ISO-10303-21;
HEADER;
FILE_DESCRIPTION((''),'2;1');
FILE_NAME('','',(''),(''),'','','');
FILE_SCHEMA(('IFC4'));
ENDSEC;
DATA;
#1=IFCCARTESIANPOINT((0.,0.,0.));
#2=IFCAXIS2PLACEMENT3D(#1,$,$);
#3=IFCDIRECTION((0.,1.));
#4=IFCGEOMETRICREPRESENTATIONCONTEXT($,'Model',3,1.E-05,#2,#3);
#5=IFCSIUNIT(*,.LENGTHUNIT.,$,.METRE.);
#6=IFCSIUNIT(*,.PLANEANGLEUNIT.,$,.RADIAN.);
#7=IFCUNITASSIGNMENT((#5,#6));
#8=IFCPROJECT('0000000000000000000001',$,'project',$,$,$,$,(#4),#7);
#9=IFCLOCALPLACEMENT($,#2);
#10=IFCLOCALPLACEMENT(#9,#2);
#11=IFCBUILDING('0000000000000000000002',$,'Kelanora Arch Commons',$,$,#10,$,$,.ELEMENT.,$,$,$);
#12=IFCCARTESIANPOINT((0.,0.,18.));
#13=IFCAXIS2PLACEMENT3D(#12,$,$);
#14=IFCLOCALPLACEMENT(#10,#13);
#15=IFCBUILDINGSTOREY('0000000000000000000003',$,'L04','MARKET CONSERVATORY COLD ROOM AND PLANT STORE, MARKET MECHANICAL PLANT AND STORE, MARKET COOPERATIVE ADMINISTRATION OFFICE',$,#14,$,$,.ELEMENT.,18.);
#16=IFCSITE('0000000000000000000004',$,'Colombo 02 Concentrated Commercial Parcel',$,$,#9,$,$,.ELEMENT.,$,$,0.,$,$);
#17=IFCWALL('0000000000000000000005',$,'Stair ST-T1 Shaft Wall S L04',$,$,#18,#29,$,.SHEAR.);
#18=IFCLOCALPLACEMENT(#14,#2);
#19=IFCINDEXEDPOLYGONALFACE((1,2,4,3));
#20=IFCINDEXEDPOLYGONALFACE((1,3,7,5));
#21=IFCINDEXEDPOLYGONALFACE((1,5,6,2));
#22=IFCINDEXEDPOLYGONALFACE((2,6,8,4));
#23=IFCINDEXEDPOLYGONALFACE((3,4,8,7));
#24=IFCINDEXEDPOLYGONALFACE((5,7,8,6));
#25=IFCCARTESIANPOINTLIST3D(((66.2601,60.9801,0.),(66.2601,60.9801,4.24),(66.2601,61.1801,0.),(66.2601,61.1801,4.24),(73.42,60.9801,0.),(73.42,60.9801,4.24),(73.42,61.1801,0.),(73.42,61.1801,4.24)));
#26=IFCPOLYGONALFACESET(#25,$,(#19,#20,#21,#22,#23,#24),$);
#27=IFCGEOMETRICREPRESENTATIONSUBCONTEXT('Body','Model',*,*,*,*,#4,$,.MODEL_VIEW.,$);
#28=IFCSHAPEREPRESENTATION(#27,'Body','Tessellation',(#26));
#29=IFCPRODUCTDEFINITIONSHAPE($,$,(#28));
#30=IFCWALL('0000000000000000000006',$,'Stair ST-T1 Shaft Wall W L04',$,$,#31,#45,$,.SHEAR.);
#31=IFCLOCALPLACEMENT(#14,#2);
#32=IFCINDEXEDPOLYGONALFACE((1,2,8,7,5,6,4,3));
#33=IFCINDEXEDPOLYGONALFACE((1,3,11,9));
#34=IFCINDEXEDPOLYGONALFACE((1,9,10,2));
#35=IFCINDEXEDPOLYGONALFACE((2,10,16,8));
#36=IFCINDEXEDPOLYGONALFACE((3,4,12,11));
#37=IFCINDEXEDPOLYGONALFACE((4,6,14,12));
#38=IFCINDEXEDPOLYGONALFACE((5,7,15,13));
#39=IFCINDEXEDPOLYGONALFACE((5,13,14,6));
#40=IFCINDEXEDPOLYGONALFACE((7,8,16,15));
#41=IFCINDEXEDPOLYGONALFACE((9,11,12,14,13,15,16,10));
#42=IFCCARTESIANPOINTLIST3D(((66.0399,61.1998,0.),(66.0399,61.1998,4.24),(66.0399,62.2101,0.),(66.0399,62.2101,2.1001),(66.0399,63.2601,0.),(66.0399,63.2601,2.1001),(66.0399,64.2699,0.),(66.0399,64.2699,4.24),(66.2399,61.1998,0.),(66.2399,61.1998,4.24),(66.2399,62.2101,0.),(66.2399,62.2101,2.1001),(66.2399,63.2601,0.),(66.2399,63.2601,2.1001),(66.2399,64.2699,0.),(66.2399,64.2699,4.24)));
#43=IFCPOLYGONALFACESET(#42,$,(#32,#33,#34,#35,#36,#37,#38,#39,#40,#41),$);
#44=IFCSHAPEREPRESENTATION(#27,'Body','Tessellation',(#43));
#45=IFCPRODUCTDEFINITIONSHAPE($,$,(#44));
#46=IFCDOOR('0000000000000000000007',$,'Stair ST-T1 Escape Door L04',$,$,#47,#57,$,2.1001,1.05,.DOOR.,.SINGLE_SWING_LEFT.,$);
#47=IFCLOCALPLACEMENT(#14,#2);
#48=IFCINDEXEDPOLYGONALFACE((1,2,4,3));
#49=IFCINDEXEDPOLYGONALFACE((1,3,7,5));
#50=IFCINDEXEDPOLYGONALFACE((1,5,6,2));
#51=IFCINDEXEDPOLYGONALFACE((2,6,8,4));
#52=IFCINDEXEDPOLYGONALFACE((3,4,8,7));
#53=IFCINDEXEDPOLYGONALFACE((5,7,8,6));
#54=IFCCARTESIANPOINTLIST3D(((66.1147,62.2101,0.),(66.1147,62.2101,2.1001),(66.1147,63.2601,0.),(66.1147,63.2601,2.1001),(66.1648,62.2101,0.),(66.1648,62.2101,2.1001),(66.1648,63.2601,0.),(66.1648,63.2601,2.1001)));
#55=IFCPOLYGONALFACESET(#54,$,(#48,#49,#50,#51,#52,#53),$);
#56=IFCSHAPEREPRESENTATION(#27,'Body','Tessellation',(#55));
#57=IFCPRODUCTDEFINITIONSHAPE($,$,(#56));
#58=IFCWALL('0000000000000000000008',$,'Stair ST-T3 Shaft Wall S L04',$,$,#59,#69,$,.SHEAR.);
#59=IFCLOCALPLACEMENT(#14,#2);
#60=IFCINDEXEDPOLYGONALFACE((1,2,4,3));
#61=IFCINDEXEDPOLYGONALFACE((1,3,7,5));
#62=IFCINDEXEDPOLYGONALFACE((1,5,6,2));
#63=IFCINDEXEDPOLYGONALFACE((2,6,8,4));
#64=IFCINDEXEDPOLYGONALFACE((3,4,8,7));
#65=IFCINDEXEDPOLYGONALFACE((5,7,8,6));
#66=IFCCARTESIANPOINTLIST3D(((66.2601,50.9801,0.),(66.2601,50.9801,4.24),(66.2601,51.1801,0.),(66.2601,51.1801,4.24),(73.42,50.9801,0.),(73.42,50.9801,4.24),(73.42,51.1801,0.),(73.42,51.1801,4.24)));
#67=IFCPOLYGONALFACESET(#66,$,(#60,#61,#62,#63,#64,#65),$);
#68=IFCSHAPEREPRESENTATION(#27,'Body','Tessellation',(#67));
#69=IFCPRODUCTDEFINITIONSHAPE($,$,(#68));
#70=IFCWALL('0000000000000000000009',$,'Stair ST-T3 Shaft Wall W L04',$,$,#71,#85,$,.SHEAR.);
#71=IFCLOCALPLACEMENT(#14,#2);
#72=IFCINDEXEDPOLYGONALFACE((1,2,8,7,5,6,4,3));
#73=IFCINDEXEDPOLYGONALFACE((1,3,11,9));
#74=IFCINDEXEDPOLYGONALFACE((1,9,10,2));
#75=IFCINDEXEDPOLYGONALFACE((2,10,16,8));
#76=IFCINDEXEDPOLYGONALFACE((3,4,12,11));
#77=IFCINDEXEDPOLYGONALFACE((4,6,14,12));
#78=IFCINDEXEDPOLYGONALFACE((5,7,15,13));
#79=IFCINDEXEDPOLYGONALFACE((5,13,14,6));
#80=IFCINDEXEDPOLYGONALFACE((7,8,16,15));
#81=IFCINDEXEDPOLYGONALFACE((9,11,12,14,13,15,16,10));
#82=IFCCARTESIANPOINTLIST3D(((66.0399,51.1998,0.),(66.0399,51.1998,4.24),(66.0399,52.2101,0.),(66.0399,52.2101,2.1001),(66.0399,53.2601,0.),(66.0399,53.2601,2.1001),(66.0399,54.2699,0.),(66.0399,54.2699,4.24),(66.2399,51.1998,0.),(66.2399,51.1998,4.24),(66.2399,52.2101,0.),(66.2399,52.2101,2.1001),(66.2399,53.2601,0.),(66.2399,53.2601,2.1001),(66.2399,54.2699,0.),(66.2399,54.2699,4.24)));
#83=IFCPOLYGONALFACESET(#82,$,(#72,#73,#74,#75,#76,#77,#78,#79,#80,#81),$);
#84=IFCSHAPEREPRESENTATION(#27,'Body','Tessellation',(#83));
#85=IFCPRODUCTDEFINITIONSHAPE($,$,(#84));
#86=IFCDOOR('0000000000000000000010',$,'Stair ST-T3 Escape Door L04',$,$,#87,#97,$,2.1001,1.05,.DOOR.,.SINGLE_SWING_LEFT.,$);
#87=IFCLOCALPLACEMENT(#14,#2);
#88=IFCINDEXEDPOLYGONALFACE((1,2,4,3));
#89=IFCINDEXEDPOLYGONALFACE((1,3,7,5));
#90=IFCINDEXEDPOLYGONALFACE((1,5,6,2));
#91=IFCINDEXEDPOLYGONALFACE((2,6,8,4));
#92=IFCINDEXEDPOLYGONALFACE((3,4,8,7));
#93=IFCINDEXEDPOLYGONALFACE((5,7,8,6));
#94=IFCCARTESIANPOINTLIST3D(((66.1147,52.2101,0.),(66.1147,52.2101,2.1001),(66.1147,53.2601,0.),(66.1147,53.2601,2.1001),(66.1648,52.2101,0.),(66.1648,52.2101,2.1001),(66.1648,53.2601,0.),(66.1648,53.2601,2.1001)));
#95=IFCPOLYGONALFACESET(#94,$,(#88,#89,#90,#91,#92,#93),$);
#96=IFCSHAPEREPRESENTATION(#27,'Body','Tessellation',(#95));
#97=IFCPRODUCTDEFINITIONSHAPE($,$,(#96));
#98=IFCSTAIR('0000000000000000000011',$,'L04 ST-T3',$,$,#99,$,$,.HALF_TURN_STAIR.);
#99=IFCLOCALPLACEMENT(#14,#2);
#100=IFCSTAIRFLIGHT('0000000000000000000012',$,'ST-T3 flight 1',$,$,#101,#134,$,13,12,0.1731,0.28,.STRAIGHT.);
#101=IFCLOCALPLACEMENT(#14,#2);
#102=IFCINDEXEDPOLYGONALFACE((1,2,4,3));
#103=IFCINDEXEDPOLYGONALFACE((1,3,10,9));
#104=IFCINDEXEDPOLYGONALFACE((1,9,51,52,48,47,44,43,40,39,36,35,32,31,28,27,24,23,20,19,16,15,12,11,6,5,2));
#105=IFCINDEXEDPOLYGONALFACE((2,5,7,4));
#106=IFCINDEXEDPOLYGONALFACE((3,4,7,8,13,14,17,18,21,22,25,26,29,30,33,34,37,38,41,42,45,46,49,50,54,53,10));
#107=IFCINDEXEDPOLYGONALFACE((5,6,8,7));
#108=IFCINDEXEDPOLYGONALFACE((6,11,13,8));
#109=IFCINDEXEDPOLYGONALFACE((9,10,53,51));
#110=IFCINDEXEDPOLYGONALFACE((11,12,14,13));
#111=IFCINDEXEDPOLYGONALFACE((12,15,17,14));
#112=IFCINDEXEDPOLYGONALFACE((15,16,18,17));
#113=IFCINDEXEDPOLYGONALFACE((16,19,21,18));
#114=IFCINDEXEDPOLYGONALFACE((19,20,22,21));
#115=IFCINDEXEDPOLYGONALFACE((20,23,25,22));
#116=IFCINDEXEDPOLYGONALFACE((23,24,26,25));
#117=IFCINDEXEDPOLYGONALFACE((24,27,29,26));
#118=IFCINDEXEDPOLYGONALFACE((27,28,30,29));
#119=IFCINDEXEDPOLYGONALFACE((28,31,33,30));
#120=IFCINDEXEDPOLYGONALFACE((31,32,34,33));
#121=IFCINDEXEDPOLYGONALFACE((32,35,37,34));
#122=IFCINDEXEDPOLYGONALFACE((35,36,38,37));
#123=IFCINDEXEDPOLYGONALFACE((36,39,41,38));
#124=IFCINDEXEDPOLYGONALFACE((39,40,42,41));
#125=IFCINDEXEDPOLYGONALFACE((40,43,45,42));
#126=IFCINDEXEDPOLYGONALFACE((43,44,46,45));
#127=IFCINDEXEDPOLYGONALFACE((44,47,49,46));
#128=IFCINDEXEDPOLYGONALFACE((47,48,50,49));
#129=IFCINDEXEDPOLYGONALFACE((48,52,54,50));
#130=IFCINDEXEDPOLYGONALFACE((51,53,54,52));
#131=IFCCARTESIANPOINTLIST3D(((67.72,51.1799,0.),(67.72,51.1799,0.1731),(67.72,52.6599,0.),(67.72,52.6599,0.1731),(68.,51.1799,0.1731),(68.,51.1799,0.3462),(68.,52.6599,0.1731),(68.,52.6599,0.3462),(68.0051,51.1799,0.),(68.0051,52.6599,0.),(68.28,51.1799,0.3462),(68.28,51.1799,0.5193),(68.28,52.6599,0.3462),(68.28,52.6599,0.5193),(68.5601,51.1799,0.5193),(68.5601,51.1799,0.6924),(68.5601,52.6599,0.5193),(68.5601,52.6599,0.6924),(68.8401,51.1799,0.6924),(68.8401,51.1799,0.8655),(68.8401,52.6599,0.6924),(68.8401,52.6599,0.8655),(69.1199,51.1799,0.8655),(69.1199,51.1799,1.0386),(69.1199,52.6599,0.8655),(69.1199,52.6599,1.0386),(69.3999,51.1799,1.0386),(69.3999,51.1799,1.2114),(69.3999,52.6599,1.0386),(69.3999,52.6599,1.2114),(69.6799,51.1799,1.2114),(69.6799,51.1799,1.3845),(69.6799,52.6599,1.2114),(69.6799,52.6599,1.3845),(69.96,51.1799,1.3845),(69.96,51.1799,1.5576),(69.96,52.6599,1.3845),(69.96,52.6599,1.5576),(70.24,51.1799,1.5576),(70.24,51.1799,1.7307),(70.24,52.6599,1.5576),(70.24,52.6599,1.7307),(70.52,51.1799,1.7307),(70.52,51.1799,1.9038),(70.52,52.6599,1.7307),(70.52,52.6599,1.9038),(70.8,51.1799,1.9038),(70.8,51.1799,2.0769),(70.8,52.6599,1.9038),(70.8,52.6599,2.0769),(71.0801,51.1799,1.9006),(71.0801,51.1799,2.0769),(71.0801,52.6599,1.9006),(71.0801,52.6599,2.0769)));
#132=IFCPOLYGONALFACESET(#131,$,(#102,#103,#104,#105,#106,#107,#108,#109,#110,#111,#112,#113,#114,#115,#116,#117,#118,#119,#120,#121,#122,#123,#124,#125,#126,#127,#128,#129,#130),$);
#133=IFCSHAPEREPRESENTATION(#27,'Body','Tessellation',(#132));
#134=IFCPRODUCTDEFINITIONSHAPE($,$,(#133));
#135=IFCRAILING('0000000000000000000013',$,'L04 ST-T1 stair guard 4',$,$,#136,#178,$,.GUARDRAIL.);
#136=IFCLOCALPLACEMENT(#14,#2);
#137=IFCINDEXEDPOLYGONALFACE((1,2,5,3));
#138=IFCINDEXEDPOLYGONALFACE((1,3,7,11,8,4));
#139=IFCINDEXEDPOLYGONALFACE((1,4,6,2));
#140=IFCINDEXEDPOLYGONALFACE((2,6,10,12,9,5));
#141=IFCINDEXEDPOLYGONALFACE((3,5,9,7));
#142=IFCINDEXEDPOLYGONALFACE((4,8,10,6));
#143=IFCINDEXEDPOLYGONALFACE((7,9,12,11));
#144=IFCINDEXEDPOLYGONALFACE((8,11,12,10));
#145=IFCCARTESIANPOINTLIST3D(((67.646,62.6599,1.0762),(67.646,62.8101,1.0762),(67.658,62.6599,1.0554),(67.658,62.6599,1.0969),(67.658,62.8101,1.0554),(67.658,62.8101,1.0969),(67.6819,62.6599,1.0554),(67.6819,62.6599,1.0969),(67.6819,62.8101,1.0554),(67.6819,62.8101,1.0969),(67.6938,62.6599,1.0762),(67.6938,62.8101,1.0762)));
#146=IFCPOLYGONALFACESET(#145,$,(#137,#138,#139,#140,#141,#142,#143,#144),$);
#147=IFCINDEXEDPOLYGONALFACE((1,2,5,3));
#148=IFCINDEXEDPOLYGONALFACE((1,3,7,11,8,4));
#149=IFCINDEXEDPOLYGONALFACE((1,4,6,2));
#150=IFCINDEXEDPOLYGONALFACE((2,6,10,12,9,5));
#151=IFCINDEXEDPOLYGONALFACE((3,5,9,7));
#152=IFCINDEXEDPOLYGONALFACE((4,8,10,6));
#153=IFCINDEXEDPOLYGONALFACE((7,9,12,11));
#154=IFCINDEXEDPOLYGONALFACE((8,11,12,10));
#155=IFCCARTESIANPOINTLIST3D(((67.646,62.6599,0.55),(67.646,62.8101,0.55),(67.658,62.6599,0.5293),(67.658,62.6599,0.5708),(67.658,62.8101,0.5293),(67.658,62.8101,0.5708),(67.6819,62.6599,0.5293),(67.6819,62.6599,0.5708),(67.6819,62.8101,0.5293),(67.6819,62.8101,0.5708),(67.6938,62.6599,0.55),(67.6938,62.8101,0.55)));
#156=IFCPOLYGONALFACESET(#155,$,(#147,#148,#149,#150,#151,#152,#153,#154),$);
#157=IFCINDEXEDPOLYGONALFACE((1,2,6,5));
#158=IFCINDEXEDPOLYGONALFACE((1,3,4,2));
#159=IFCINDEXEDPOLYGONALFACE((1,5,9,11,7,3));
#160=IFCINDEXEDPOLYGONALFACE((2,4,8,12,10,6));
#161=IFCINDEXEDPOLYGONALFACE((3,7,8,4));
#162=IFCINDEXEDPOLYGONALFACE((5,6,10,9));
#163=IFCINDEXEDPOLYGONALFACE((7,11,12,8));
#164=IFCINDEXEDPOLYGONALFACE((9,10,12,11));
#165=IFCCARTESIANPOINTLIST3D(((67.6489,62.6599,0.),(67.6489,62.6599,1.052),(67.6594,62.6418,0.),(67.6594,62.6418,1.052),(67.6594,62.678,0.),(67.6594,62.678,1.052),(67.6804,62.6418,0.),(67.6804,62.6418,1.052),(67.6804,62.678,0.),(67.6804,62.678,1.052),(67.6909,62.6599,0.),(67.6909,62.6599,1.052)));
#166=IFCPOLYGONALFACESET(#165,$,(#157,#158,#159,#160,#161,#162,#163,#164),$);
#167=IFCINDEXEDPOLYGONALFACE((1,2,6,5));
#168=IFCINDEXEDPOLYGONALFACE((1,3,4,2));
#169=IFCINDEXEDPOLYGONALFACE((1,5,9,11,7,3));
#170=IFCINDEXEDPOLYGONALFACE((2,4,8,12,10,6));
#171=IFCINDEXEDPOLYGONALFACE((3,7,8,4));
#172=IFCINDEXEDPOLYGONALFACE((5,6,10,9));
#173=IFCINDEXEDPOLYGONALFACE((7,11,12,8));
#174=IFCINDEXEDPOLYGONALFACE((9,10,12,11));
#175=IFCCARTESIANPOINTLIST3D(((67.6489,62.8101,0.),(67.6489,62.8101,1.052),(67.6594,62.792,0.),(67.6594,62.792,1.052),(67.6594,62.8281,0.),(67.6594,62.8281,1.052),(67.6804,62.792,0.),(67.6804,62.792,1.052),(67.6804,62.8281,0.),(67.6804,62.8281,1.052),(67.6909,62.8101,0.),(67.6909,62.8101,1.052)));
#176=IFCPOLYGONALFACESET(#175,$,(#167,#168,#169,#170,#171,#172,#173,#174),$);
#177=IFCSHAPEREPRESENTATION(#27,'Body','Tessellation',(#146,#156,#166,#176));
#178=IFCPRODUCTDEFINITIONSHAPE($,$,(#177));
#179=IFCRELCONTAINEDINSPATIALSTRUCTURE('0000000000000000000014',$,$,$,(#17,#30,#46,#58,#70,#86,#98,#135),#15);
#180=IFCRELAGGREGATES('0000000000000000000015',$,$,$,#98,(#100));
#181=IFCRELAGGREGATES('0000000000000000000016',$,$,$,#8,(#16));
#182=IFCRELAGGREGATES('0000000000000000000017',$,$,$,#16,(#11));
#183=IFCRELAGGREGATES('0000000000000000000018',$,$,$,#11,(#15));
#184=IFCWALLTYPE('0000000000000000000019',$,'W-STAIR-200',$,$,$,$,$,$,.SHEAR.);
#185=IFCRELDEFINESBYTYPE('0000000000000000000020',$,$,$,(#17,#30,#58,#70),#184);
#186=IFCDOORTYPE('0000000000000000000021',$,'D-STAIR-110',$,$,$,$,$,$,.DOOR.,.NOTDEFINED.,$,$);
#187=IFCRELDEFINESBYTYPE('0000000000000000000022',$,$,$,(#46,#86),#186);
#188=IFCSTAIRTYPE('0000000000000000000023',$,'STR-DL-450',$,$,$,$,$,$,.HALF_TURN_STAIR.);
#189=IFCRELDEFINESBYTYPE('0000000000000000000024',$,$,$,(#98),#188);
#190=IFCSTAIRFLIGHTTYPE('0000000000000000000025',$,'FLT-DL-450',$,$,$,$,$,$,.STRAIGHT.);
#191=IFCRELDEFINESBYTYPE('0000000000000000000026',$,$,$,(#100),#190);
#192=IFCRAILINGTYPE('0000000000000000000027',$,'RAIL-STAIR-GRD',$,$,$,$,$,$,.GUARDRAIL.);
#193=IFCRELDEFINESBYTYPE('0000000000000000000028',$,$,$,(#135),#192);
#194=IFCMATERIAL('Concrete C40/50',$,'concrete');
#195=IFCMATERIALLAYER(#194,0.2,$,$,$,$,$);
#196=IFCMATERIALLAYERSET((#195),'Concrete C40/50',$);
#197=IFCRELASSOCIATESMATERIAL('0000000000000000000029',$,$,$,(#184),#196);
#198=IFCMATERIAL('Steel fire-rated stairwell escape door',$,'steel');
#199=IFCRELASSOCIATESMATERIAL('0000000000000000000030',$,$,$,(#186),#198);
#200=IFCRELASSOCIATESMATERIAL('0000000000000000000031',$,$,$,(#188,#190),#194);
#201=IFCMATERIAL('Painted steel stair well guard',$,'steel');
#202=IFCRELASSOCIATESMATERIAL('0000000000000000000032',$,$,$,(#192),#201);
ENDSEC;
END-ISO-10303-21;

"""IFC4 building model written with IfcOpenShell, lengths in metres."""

from ifc_helpers import new_model, si_unit, direction, frame, frame_2d, origin, place, context, subcontext, project, spatial, polyline, rectangle, outline, extrude, material, layer, layer_set, type_object, element, fill, aggregate, save


model = new_model("IFC4")

# Units and contexts
model_context = context("Model", 3, precision=1e-05, world=origin(), true_north=direction((0.0, 1.0)))
body_context = subcontext(model_context, "Body", "Model", "MODEL_VIEW")
ifc_project = project(units=[si_unit("LENGTHUNIT", "METRE"), si_unit("PLANEANGLEUNIT", "RADIAN")], contexts=[model_context])

# Site, building, storey
site_placement = place(None, origin())
site = spatial("IfcSite", under=ifc_project, at=site_placement, Name="Colombo 02 Concentrated Commercial Parcel", CompositionType="ELEMENT", RefElevation=0.0)
building_placement = place(site_placement, origin())
building = spatial("IfcBuilding", under=site, at=building_placement, Name="Kelanora Arch Commons", CompositionType="ELEMENT")
storey_placement = place(building_placement, frame((0.0, 0.0, 18.0)))
storey = spatial("IfcBuildingStorey", under=building, at=storey_placement, Name="L04", Description="MARKET CONSERVATORY COLD ROOM AND PLANT STORE, MARKET MECHANICAL PLANT AND STORE, MARKET COOPERATIVE ADMINISTRATION OFFICE", CompositionType="ELEMENT", Elevation=18.0)

# Shared definitions
ifc_material_1 = material(Name="Concrete C40/50", Category="concrete")

# Wall
ifc_layer_1 = layer(ifc_material_1, 0.2)
ifc_layer_set_1 = layer_set([ifc_layer_1], Name="Concrete C40/50")
wall_type_1 = type_object("IfcWallType", Name="W-STAIR-200", PredefinedType="SHEAR", material=ifc_layer_set_1)
wall_1_placement = place(storey_placement, frame((66.26, 61.0801, 0.0), z_axis=(0.0, 0.0, 1.0), x_axis=(1.0, 0.0, 0.0)))
element("IfcWall", 1, at=wall_1_placement, inside=storey, type_object=wall_type_1, Name="Stair ST-T1 Shaft Wall S L04", PredefinedType="SHEAR", context=body_context, shape_type="SweptSolid", body=[
    extrude(rectangle(XDim=7.1599, YDim=0.2, at=frame_2d((3.5801, 0.0))), origin(), (0.0, 0.0, 1.0), 4.24),
])

# Wall, opening, door
wall_2_placement = place(storey_placement, frame((66.1399, 64.27, 0.0), z_axis=(0.0, 0.0, 1.0), x_axis=(0.0, -1.0, 0.0)))
wall_2 = element("IfcWall", 2, at=wall_2_placement, inside=storey, type_object=wall_type_1, Name="Stair ST-T1 Shaft Wall W L04", PredefinedType="SHEAR", context=body_context, shape_type="SweptSolid", body=[
    extrude(rectangle(XDim=3.0701, YDim=0.2, at=frame_2d((1.5352, 0.0))), origin(), (0.0, 0.0, 1.0), 4.24),
])
opening_1_placement = place(wall_2_placement, frame((1.01, 0.0, 0.0)))
opening_1 = element("IfcOpeningElement", 3, at=opening_1_placement, cuts=wall_2, PredefinedType="OPENING", context=body_context, shape_type="SweptSolid", body=[
    extrude(rectangle(XDim=1.05, YDim=2.1001, at=frame_2d((0.5249, 1.05))), frame((0.0, 0.1099, 0.0), z_axis=(0.0, -1.0, 0.0), x_axis=(1.0, 0.0, 0.0)), (0.0, 0.0, 1.0), 0.22),
])
ifc_material_2 = material(Name="Steel fire-rated stairwell escape door", Category="steel")
door_type_1 = type_object("IfcDoorType", Name="D-STAIR-110", OperationType="NOTDEFINED", PredefinedType="DOOR", material=ifc_material_2)
door_1_placement = place(opening_1_placement, origin())
door_1 = element("IfcDoor", 4, at=door_1_placement, inside=storey, type_object=door_type_1, Name="Stair ST-T1 Escape Door L04", OperationType="SINGLE_SWING_LEFT", OverallHeight=2.1001, OverallWidth=1.05, PredefinedType="DOOR", context=body_context, shape_type="SweptSolid", body=[
    extrude(rectangle(XDim=1.05, YDim=2.1001, at=frame_2d((0.5249, 1.05))), frame((0.0, 0.0249, 0.0), z_axis=(0.0, -1.0, 0.0), x_axis=(1.0, 0.0, 0.0)), (0.0, 0.0, 1.0), 0.05),
])
fill(opening_1, door_1)

# Wall
wall_3_placement = place(storey_placement, frame((66.26, 51.0801, 0.0), z_axis=(0.0, 0.0, 1.0), x_axis=(1.0, 0.0, 0.0)))
element("IfcWall", 5, at=wall_3_placement, inside=storey, type_object=wall_type_1, Name="Stair ST-T3 Shaft Wall S L04", PredefinedType="SHEAR", context=body_context, shape_type="SweptSolid", body=[
    extrude(rectangle(XDim=7.1599, YDim=0.2, at=frame_2d((3.5801, 0.0))), origin(), (0.0, 0.0, 1.0), 4.24),
])

# Wall, opening, door
wall_4_placement = place(storey_placement, frame((66.1399, 54.27, 0.0), z_axis=(0.0, 0.0, 1.0), x_axis=(0.0, -1.0, 0.0)))
wall_4 = element("IfcWall", 6, at=wall_4_placement, inside=storey, type_object=wall_type_1, Name="Stair ST-T3 Shaft Wall W L04", PredefinedType="SHEAR", context=body_context, shape_type="SweptSolid", body=[
    extrude(rectangle(XDim=3.0701, YDim=0.2, at=frame_2d((1.5352, 0.0))), origin(), (0.0, 0.0, 1.0), 4.24),
])
opening_2_placement = place(wall_4_placement, frame((1.01, 0.0, 0.0)))
opening_2 = element("IfcOpeningElement", 7, at=opening_2_placement, cuts=wall_4, PredefinedType="OPENING", context=body_context, shape_type="SweptSolid", body=[
    extrude(rectangle(XDim=1.05, YDim=2.1001, at=frame_2d((0.5249, 1.05))), frame((0.0, 0.1099, 0.0), z_axis=(0.0, -1.0, 0.0), x_axis=(1.0, 0.0, 0.0)), (0.0, 0.0, 1.0), 0.22),
])
door_2_placement = place(opening_2_placement, origin())
door_2 = element("IfcDoor", 8, at=door_2_placement, inside=storey, type_object=door_type_1, Name="Stair ST-T3 Escape Door L04", OperationType="SINGLE_SWING_LEFT", OverallHeight=2.1001, OverallWidth=1.05, PredefinedType="DOOR", context=body_context, shape_type="SweptSolid", body=[
    extrude(rectangle(XDim=1.05, YDim=2.1001, at=frame_2d((0.5249, 1.05))), frame((0.0, 0.0249, 0.0), z_axis=(0.0, -1.0, 0.0), x_axis=(1.0, 0.0, 0.0)), (0.0, 0.0, 1.0), 0.05),
])
fill(opening_2, door_2)

# Stair, stair flight
stair_type = type_object("IfcStairType", Name="STR-DL-450", PredefinedType="HALF_TURN_STAIR", material=ifc_material_1)
stair_placement = place(storey_placement, origin())
stair = element("IfcStair", 9, at=stair_placement, inside=storey, type_object=stair_type, Name="L04 ST-T3", PredefinedType="HALF_TURN_STAIR")
stair_flight_type = type_object("IfcStairFlightType", Name="FLT-DL-450", PredefinedType="STRAIGHT", material=ifc_material_1)
stair_flight_placement = place(storey_placement, frame((67.72, 51.9199, 0.0), z_axis=(0.0, 0.0, 1.0), x_axis=(1.0, 0.0, 0.0)))
stair_flight = element("IfcStairFlight", 10, at=stair_flight_placement, type_object=stair_flight_type, Name="ST-T3 flight 1", NumberOfRisers=13, NumberOfTreads=12, PredefinedType="STRAIGHT", RiserHeight=0.1731, TreadLength=0.28, context=body_context, shape_type="SweptSolid", body=[
    extrude(outline(polyline([(0.0, 0.0), (0.0, 0.1731), (0.28, 0.1731), (0.28, 0.3462), (0.5601, 0.3462), (0.5601, 0.5193), (0.8401, 0.5193), (0.8401, 0.6924), (1.1201, 0.6924), (1.1201, 0.8655), (1.3999, 0.8655), (1.3999, 1.0386), (1.6799, 1.0386), (1.6799, 1.2114), (1.96, 1.2114), (1.96, 1.3845), (2.24, 1.3845), (2.24, 1.5576), (2.52, 1.5576), (2.52, 1.7307), (2.8, 1.7307), (2.8, 1.9038), (3.0801, 1.9038), (3.0801, 2.0769), (3.3601, 2.0769), (3.3601, 2.25), (3.3601, 1.9006), (0.2852, 0.0), (0.0, 0.0)])), frame((0.0, 0.74, 0.0), z_axis=(0.0, -1.0, 0.0), x_axis=(1.0, 0.0, 0.0)), (0.0, 0.0, 1.0), 1.48),
])
aggregate(stair, [stair_flight])

# Railing
ifc_material_3 = material(Name="Painted steel stair well guard", Category="steel")
railing_type_1 = type_object("IfcRailingType", Name="RAIL-STAIR-GRD", PredefinedType="GUARDRAIL", material=ifc_material_3)
railing_1_placement = place(storey_placement, frame((67.6699, 62.6599, 0.0)))
element("IfcRailing", 11, at=railing_1_placement, inside=storey, type_object=railing_type_1, Name="L04 ST-T1 stair guard 4", PredefinedType="GUARDRAIL", context=body_context, shape_type="SweptSolid", body=[
    extrude(outline(polyline([(0.0239, 0.0), (0.012, 0.0208), (-0.012, 0.0208), (-0.0239, 0.0), (-0.012, -0.0208), (0.012, -0.0208), (0.0239, 0.0)])), frame((0.0, 0.0, 1.0762), z_axis=(0.0, 1.0, 0.0), x_axis=(-1.0, 0.0, 0.0)), (0.0, 0.0, 1.0), 0.1501),
    extrude(outline(polyline([(0.0239, 0.0), (0.012, 0.0208), (-0.012, 0.0208), (-0.0239, 0.0), (-0.012, -0.0208), (0.012, -0.0208), (0.0239, 0.0)])), frame((0.0, 0.0, 0.55), z_axis=(0.0, 1.0, 0.0), x_axis=(-1.0, 0.0, 0.0)), (0.0, 0.0, 1.0), 0.1501),
    extrude(outline(polyline([(0.021, 0.0), (0.0105, 0.0181), (-0.0105, 0.0181), (-0.021, 0.0), (-0.0105, -0.0181), (0.0105, -0.0181), (0.021, 0.0)])), origin(), (0.0, 0.0, 1.0), 1.052),
    extrude(outline(polyline([(0.021, 0.0), (0.0105, 0.0181), (-0.0105, 0.0181), (-0.021, 0.0), (-0.0105, -0.0181), (0.0105, -0.0181), (0.021, 0.0)])), frame((0.0, 0.1501, 0.0)), (0.0, 0.0, 1.0), 1.052),
])

save(model, "model.ifc")
